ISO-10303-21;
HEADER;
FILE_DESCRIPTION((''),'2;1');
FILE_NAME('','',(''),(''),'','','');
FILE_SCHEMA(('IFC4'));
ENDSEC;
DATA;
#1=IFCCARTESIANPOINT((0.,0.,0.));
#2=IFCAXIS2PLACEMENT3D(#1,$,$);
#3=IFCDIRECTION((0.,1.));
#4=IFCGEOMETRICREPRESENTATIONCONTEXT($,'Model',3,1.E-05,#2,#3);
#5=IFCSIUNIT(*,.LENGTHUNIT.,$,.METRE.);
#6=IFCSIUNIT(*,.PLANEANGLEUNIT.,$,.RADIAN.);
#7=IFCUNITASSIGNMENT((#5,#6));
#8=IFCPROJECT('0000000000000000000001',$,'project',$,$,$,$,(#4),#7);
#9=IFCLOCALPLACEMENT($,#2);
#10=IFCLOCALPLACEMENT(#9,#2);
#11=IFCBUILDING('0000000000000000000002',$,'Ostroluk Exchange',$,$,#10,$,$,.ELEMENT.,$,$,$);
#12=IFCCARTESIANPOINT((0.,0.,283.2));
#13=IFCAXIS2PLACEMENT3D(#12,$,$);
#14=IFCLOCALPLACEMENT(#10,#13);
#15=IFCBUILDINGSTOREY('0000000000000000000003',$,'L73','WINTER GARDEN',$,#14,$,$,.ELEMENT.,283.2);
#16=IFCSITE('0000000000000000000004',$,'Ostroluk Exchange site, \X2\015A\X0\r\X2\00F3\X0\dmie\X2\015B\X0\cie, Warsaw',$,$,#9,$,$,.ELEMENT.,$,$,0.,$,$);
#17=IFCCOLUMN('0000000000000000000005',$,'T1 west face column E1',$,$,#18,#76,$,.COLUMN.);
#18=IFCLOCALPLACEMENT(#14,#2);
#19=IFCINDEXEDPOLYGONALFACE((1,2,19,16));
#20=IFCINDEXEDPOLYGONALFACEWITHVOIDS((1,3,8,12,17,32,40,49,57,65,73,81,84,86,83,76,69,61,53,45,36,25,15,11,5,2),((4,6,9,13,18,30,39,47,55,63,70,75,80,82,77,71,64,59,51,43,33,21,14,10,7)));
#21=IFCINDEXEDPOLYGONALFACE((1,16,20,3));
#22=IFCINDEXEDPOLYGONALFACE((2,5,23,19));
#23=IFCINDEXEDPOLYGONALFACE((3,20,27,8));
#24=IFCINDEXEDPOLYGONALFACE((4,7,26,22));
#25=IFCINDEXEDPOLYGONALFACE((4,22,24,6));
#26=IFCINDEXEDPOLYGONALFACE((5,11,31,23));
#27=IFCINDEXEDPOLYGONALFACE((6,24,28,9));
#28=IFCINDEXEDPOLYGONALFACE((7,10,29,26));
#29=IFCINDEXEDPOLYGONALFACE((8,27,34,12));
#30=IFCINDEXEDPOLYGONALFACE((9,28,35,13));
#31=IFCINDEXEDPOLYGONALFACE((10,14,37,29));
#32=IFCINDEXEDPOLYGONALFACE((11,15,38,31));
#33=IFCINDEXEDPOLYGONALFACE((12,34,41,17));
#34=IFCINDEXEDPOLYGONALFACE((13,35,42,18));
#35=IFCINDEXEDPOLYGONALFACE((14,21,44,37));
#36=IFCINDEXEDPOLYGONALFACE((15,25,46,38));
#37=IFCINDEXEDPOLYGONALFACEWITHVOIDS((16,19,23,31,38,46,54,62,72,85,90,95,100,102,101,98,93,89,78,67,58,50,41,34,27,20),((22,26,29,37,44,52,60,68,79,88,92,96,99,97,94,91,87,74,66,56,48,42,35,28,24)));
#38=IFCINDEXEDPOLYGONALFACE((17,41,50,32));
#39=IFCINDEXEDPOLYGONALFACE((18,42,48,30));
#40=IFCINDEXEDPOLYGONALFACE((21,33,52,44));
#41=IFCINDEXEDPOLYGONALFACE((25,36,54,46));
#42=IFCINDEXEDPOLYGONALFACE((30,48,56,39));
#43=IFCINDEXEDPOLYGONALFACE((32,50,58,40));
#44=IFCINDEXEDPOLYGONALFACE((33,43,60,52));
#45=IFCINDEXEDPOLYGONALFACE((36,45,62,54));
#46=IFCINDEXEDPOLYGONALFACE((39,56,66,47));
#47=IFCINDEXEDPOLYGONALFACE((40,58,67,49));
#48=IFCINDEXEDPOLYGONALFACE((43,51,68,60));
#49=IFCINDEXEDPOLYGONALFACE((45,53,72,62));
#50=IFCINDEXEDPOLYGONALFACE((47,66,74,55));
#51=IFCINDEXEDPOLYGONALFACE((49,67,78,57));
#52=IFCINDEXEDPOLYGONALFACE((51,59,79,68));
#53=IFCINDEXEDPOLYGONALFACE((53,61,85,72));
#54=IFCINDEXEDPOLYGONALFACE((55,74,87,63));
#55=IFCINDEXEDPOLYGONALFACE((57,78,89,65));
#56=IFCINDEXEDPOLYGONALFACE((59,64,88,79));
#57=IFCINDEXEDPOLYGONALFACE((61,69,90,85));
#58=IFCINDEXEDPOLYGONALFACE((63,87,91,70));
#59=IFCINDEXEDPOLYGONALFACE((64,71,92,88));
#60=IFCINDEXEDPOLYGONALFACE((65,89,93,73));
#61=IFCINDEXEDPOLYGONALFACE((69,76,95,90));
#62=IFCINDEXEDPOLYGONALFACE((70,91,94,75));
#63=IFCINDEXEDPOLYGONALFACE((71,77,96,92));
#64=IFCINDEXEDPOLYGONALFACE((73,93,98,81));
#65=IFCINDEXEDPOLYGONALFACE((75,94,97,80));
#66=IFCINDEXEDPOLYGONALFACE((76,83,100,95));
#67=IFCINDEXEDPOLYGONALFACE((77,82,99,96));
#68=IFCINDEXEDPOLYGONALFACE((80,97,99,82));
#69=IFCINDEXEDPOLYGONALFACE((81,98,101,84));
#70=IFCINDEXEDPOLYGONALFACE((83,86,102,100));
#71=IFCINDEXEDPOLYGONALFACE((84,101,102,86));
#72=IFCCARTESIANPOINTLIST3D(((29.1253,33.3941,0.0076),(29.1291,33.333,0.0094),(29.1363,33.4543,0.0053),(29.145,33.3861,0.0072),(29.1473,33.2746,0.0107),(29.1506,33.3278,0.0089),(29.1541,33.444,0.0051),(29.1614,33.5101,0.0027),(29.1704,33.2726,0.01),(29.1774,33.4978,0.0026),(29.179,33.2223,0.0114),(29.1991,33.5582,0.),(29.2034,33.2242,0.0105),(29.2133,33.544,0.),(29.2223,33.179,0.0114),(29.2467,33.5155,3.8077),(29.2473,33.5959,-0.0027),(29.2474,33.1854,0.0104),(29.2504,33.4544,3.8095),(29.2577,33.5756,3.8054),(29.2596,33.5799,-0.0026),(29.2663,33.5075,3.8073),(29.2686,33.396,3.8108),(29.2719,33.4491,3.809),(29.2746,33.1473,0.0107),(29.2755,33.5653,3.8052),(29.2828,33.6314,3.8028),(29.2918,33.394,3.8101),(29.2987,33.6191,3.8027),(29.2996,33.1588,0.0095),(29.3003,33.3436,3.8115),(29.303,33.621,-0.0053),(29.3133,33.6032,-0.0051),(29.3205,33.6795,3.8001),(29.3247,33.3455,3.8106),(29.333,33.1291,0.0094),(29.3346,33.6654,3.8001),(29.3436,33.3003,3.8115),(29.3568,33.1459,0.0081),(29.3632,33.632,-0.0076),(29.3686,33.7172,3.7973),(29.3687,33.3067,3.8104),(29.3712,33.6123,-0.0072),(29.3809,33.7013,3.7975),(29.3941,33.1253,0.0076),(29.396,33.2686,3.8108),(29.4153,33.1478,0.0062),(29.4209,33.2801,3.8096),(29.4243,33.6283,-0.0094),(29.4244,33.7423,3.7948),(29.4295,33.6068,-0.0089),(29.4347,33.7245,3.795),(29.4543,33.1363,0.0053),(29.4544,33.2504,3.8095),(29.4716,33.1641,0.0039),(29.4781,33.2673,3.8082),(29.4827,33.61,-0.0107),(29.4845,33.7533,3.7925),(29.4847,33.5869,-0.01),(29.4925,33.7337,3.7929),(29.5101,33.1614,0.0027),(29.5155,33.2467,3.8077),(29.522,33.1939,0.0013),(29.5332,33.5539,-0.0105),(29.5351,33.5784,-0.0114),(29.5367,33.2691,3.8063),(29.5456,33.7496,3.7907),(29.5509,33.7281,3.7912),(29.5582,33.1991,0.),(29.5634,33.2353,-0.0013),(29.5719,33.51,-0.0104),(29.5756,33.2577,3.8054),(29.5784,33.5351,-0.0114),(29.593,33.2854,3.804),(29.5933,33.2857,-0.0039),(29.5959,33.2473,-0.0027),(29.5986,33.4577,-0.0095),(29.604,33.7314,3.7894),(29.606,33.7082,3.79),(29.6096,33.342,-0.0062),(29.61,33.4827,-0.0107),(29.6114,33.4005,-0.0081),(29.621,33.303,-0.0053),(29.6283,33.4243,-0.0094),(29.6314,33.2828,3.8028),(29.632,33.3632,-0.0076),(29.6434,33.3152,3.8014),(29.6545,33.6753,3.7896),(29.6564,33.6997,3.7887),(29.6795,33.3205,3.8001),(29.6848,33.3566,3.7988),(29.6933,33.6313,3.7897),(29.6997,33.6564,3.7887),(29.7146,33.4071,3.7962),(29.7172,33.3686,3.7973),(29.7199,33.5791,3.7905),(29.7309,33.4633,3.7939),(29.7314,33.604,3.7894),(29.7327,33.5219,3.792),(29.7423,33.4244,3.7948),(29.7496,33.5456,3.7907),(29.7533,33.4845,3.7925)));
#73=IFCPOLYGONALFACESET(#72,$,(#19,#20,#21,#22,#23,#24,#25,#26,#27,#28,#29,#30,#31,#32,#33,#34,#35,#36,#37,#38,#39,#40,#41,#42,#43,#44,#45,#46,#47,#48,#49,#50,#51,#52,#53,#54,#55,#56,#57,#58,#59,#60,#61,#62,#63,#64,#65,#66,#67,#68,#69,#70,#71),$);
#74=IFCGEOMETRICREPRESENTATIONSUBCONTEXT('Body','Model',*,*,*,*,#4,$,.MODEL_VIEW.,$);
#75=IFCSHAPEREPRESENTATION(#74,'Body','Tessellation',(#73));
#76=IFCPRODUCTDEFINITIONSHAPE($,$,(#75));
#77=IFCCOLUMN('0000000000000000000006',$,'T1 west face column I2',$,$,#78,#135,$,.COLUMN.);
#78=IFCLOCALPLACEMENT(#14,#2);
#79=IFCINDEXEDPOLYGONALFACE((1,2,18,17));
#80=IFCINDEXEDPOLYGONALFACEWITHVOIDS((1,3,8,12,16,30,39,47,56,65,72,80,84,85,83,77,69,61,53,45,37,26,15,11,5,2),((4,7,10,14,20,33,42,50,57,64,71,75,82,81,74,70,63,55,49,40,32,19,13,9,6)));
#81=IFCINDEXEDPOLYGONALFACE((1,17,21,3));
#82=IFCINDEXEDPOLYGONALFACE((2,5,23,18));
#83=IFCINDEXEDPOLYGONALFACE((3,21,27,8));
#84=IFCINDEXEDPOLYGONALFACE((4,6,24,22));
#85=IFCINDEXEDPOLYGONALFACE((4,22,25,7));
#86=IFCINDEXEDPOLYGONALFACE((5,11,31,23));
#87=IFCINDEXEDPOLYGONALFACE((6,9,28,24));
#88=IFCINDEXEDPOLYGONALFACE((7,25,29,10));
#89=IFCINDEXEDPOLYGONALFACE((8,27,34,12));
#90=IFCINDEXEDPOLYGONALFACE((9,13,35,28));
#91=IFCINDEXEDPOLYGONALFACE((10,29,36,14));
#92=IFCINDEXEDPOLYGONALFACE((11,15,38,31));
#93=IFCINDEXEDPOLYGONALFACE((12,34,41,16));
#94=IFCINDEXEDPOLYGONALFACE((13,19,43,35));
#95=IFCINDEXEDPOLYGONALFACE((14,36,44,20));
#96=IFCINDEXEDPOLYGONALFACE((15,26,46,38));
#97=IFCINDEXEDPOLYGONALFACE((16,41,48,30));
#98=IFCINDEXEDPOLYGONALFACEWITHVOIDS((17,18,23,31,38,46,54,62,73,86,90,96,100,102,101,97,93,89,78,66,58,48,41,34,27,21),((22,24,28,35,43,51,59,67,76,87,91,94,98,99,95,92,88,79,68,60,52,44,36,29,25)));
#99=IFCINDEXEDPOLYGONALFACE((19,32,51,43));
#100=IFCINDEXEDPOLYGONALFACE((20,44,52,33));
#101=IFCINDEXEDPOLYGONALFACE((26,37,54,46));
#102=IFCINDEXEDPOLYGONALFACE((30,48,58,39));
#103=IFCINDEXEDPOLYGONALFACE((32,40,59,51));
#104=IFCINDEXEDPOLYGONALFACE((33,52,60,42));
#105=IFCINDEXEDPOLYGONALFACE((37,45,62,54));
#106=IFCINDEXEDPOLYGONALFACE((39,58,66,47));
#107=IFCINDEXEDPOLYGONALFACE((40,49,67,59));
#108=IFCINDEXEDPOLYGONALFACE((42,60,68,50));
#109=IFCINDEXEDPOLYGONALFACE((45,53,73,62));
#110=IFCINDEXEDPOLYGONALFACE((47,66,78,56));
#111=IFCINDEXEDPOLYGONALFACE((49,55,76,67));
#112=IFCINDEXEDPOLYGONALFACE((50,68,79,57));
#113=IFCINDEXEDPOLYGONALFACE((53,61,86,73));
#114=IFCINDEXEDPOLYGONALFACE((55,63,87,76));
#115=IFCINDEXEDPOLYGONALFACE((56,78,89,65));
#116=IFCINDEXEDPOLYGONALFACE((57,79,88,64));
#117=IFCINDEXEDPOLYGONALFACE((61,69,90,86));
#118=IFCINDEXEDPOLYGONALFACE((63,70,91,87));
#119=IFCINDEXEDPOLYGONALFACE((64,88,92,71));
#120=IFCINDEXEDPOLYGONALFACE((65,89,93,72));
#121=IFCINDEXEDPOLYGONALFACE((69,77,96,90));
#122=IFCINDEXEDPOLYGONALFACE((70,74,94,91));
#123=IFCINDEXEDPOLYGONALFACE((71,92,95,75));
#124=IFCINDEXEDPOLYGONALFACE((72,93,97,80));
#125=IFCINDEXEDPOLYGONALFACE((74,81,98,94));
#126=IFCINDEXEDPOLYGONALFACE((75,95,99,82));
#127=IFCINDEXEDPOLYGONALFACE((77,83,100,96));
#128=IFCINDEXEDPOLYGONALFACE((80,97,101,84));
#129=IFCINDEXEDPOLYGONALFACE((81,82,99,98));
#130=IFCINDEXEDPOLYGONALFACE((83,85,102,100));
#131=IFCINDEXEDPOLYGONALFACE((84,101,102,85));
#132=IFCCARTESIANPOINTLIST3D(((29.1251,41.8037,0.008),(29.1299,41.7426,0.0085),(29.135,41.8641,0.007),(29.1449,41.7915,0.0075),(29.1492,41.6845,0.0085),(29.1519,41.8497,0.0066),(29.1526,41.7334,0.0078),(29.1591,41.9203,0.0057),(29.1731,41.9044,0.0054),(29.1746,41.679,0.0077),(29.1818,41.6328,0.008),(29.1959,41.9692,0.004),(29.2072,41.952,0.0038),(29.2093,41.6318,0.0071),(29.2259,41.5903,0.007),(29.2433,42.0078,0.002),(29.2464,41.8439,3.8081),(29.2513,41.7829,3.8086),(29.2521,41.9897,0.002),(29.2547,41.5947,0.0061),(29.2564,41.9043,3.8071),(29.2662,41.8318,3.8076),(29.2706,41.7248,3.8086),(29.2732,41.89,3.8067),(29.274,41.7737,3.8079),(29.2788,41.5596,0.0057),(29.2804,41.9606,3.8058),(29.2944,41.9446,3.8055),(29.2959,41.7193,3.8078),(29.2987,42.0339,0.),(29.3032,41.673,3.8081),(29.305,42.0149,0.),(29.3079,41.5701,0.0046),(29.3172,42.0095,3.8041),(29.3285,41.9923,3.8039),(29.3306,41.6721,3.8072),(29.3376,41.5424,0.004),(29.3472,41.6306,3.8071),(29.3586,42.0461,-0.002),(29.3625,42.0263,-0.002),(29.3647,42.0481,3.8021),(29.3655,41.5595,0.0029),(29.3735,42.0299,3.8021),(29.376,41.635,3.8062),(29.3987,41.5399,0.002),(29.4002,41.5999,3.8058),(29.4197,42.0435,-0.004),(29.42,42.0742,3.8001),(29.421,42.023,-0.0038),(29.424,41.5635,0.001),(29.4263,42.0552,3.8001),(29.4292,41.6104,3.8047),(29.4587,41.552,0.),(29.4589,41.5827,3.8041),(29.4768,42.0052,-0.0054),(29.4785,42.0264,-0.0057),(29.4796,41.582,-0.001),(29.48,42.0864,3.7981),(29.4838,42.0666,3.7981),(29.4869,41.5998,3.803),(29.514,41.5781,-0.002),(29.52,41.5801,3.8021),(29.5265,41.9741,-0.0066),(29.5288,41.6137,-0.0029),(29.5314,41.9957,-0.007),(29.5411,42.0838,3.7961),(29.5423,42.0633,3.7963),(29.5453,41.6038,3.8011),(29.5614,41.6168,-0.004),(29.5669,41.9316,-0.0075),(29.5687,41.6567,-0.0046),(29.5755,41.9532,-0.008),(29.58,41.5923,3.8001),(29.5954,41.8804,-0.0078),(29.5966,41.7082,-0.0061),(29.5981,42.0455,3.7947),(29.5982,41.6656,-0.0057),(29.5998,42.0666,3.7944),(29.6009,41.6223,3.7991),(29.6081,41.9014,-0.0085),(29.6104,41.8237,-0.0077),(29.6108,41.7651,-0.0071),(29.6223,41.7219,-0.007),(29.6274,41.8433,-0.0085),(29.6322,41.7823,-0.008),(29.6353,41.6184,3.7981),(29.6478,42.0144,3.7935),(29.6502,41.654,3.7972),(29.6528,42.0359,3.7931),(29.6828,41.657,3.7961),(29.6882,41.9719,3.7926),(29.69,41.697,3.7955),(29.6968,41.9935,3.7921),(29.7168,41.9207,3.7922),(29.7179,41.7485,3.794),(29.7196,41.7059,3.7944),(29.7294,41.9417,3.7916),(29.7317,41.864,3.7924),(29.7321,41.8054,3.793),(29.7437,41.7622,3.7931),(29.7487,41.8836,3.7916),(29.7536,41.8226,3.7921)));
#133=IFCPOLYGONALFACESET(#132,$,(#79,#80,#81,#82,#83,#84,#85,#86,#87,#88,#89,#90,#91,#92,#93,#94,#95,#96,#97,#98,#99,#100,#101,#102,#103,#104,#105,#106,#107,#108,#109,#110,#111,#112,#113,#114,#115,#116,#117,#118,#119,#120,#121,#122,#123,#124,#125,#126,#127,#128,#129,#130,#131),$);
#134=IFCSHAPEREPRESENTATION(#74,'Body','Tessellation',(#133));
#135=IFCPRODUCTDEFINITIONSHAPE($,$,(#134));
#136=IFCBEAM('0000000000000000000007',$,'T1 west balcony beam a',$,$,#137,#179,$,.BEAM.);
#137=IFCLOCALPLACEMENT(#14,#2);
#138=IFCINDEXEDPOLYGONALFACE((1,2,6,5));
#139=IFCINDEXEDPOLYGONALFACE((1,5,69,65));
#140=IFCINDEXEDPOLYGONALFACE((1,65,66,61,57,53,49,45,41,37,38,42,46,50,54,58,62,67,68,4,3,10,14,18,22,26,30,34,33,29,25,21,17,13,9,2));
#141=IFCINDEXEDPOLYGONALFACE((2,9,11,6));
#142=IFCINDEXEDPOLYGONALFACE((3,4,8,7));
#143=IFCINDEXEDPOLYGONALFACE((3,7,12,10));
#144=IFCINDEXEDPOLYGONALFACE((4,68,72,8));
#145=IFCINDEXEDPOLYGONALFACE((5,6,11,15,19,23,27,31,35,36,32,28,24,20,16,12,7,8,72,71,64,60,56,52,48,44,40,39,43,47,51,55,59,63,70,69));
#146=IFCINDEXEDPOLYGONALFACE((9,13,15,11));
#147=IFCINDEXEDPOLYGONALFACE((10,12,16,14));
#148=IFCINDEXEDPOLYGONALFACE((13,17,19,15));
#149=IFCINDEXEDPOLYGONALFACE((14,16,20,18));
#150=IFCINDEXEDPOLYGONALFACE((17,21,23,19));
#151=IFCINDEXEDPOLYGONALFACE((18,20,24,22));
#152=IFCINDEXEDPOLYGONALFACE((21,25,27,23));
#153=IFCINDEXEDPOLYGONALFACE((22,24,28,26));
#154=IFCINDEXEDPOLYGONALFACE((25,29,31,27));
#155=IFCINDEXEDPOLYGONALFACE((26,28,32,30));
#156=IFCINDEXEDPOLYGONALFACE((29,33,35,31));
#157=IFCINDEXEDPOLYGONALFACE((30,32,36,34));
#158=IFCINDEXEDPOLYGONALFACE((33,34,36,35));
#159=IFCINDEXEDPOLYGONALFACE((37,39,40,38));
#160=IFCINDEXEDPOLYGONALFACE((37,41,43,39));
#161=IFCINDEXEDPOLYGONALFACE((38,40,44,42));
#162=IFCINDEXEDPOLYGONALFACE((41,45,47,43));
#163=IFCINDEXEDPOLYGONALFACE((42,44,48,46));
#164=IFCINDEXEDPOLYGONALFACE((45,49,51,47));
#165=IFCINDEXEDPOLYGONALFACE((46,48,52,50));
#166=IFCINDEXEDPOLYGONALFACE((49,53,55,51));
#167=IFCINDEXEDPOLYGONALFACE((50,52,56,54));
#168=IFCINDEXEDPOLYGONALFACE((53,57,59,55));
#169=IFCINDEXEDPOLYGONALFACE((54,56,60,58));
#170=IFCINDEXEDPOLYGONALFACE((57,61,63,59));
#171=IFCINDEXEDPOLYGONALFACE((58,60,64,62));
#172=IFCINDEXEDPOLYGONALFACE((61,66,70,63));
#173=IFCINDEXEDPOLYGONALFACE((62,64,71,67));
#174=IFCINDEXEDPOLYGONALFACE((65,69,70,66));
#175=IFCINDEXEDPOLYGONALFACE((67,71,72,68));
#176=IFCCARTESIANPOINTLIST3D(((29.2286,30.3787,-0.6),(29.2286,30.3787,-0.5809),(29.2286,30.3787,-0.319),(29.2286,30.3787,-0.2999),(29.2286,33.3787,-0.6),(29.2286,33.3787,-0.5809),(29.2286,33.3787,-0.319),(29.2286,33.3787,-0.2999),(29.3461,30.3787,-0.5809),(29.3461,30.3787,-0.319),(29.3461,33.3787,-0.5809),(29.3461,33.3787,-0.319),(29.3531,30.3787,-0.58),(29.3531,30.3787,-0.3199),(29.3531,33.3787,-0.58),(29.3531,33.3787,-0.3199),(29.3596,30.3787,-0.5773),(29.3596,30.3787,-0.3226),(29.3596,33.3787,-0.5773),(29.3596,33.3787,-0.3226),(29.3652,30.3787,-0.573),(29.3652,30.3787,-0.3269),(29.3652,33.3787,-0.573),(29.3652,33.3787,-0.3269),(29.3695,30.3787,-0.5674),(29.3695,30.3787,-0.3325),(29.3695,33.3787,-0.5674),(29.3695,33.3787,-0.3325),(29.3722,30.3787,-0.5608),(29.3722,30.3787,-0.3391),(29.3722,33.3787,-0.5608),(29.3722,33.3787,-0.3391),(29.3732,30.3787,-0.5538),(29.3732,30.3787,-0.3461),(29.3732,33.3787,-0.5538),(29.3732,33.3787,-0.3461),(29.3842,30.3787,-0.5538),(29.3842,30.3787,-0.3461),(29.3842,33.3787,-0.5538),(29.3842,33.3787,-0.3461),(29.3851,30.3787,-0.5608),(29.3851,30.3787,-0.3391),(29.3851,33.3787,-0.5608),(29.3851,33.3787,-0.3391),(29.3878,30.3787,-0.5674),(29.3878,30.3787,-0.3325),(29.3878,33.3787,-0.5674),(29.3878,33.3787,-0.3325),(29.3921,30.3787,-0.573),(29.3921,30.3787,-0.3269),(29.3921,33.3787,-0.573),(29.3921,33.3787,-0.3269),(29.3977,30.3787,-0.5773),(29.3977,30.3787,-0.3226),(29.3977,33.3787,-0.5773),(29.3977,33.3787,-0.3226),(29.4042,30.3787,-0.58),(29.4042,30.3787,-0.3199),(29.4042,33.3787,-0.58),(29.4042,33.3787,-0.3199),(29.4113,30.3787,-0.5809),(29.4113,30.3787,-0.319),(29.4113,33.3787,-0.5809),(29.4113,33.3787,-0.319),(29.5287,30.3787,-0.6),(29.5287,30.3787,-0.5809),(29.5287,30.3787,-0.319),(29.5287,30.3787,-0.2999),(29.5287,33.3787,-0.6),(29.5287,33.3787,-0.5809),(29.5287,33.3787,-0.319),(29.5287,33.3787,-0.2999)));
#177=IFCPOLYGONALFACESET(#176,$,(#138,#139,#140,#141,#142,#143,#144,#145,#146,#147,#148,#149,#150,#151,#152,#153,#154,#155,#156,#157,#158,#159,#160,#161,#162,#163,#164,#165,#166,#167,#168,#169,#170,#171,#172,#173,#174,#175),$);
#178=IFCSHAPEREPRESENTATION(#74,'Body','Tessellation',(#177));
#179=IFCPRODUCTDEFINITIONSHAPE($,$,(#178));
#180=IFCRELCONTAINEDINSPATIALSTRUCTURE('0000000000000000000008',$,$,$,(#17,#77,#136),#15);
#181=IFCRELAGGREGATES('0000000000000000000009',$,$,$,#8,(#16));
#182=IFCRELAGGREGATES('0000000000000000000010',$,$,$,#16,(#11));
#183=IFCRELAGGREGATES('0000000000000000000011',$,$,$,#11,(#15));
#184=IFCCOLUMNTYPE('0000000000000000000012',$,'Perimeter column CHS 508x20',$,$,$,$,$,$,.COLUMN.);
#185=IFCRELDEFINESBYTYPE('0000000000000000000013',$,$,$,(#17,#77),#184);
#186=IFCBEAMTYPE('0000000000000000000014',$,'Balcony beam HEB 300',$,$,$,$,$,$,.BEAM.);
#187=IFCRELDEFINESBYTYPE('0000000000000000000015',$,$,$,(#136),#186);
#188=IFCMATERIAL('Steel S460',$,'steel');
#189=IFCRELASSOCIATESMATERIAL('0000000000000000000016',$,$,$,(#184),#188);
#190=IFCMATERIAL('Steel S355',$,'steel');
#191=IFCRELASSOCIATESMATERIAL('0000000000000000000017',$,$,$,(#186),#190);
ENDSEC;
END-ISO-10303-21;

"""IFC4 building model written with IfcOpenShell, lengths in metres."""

from ifc_helpers import new_model, si_unit, direction, frame, origin, origin_2d, place, context, subcontext, project, spatial, hollow_circle, i_section, extrude, material, material_profile, profile_set, type_object, element, save


model = new_model("IFC4")

# Units and contexts
model_context = context("Model", 3, precision=1e-05, world=origin(), true_north=direction((0.0, 1.0)))
body_context = subcontext(model_context, "Body", "Model", "MODEL_VIEW")
ifc_project = project(units=[si_unit("LENGTHUNIT", "METRE"), si_unit("PLANEANGLEUNIT", "RADIAN")], contexts=[model_context])

# Site, building, storey
site_placement = place(None, origin())
site = spatial("IfcSite", under=ifc_project, at=site_placement, Name="Ostroluk Exchange site, Śródmieście, Warsaw", CompositionType="ELEMENT", RefElevation=0.0)
building_placement = place(site_placement, origin())
building = spatial("IfcBuilding", under=site, at=building_placement, Name="Ostroluk Exchange", CompositionType="ELEMENT")
storey_placement = place(building_placement, frame((0.0, 0.0, 283.2)))
storey = spatial("IfcBuildingStorey", under=building, at=storey_placement, Name="L73", Description="WINTER GARDEN", CompositionType="ELEMENT", Elevation=283.2)

# Columns
ifc_material_1 = material(Name="Steel S460", Category="steel")
ifc_material_profile_1 = material_profile(ifc_material_1, hollow_circle(Radius=0.2539, WallThickness=0.02, at=origin_2d()), Name="CHS 508x20")
ifc_profile_set_1 = profile_set([ifc_material_profile_1], Name="Steel S460")
column_type = type_object("IfcColumnType", Name="Perimeter column CHS 508x20", PredefinedType="COLUMN", material=ifc_profile_set_1)
column_1_placement = place(storey_placement, frame((29.3787, 33.3787, 0.0), z_axis=(0.031898, 0.031898, 0.998982), x_axis=(-0.707107, 0.707107, 0.0)))
element("IfcColumn", 1, at=column_1_placement, inside=storey, type_object=column_type, Name="T1 west face column E1", PredefinedType="COLUMN", context=body_context, shape_type="SweptSolid", body=[
    extrude(hollow_circle(Radius=0.2539, WallThickness=0.02, at=origin_2d()), origin(), (0.0, 0.0, 1.0), 3.804),
])
column_2_placement = place(storey_placement, frame((29.3787, 41.793, 0.0), z_axis=(0.031913, 0.010595, 0.999435), x_axis=(-0.315082, 0.949065, 0.0)))
element("IfcColumn", 2, at=column_2_placement, inside=storey, type_object=column_type, Name="T1 west face column I2", PredefinedType="COLUMN", context=body_context, shape_type="SweptSolid", body=[
    extrude(hollow_circle(Radius=0.2539, WallThickness=0.02, at=origin_2d()), origin(), (0.0, 0.0, 1.0), 3.8022),
])

# Beam
ifc_material_2 = material(Name="Steel S355", Category="steel")
ifc_material_profile_2 = material_profile(ifc_material_2, i_section(OverallWidth=0.3, OverallDepth=0.3, WebThickness=0.011, FlangeThickness=0.019, FilletRadius=0.0271, at=origin_2d()), Name="HEB 300")
ifc_profile_set_2 = profile_set([ifc_material_profile_2], Name="Steel S355")
beam_type_1 = type_object("IfcBeamType", Name="Balcony beam HEB 300", PredefinedType="BEAM", material=ifc_profile_set_2)
beam_1_placement = place(storey_placement, frame((29.3787, 33.3787, -0.45), z_axis=(0.0, -1.0, 0.0), x_axis=(1.0, 0.0, 0.0)))
element("IfcBeam", 3, at=beam_1_placement, inside=storey, type_object=beam_type_1, Name="T1 west balcony beam a", PredefinedType="BEAM", context=body_context, shape_type="SweptSolid", body=[
    extrude(i_section(OverallWidth=0.3, OverallDepth=0.3, WebThickness=0.011, FlangeThickness=0.019, FilletRadius=0.0271, at=origin_2d()), origin(), (0.0, 0.0, 1.0), 3.0),
])

save(model, "model.ifc")
